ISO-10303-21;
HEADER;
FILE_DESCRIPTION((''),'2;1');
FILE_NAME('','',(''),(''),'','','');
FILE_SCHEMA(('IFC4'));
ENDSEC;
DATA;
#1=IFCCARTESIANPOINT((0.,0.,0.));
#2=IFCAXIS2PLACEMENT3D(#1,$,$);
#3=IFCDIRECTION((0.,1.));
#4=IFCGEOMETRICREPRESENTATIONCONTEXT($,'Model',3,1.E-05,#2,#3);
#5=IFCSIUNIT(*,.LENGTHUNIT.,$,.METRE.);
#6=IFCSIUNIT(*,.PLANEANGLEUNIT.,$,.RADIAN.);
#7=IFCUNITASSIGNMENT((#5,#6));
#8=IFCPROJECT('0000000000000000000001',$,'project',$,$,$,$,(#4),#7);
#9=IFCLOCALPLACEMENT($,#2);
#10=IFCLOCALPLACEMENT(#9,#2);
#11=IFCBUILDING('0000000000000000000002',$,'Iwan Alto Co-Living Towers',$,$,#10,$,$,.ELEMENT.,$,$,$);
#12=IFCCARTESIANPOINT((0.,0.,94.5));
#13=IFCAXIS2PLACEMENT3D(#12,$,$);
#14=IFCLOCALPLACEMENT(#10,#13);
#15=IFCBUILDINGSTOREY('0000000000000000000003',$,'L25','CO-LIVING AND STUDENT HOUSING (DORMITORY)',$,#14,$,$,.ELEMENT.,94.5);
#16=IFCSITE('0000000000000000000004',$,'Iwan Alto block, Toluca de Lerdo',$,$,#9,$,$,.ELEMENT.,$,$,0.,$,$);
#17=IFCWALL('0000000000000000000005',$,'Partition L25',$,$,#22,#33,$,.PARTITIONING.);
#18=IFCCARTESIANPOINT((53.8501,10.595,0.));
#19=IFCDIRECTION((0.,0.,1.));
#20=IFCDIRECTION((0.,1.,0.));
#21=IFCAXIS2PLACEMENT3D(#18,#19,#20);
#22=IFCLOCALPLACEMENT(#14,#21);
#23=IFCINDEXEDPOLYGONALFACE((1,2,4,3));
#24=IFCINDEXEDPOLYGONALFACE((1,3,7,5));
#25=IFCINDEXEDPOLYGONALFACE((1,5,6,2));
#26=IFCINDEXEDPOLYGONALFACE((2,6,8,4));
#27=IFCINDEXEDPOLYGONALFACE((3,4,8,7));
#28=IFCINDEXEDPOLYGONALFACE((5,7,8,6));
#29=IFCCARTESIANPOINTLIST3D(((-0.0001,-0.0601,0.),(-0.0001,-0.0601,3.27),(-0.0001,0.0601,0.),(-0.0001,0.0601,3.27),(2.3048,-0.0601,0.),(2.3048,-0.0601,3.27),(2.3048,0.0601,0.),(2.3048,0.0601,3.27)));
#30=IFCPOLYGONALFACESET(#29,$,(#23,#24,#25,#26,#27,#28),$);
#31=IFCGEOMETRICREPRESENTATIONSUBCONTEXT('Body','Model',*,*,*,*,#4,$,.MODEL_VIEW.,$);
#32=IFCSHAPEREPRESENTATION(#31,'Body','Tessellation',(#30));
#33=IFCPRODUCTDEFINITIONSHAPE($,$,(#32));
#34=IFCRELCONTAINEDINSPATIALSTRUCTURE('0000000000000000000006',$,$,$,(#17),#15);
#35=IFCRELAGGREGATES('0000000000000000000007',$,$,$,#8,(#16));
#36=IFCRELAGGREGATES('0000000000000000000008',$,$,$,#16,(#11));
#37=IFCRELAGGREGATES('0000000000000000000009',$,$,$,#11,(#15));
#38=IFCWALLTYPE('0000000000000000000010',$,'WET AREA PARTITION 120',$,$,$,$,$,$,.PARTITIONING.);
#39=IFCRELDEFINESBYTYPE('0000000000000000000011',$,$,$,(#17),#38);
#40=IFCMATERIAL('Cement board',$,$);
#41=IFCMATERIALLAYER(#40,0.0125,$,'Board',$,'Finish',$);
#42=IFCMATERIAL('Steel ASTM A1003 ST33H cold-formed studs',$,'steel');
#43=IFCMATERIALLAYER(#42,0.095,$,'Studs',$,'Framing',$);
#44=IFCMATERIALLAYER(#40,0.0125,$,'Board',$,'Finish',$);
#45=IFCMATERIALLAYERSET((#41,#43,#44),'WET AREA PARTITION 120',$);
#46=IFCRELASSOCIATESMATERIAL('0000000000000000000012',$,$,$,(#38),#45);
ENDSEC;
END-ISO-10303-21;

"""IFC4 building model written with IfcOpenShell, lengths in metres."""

from ifc_helpers import new_model, si_unit, direction, frame, frame_2d, origin, place, context, subcontext, project, spatial, rectangle, extrude, material, layer, layer_set, type_object, element, save


model = new_model("IFC4")

# Units and contexts
model_context = context("Model", 3, precision=1e-05, world=origin(), true_north=direction((0.0, 1.0)))
body_context = subcontext(model_context, "Body", "Model", "MODEL_VIEW")
ifc_project = project(units=[si_unit("LENGTHUNIT", "METRE"), si_unit("PLANEANGLEUNIT", "RADIAN")], contexts=[model_context])

# Site, building, storey
site_placement = place(None, origin())
site = spatial("IfcSite", under=ifc_project, at=site_placement, Name="Iwan Alto block, Toluca de Lerdo", CompositionType="ELEMENT", RefElevation=0.0)
building_placement = place(site_placement, origin())
building = spatial("IfcBuilding", under=site, at=building_placement, Name="Iwan Alto Co-Living Towers", CompositionType="ELEMENT")
storey_placement = place(building_placement, frame((0.0, 0.0, 94.5)))
storey = spatial("IfcBuildingStorey", under=building, at=storey_placement, Name="L25", Description="CO-LIVING AND STUDENT HOUSING (DORMITORY)", CompositionType="ELEMENT", Elevation=94.5)

# Shared definitions
ifc_material_1 = material(Name="Steel ASTM A1003 ST33H cold-formed studs", Category="steel")

# Wall
ifc_material_2 = material(Name="Cement board")
ifc_layer_1 = layer(ifc_material_2, 0.0125, Name="Board", Category="Finish")
ifc_layer_2 = layer(ifc_material_1, 0.095, Name="Studs", Category="Framing")
ifc_layer_3 = layer(ifc_material_2, 0.0125, Name="Board", Category="Finish")
ifc_layer_set_1 = layer_set([ifc_layer_1, ifc_layer_2, ifc_layer_3], Name="WET AREA PARTITION 120")
wall_type_1 = type_object("IfcWallType", Name="WET AREA PARTITION 120", PredefinedType="PARTITIONING", material=ifc_layer_set_1)
wall_1_placement = place(storey_placement, frame((53.8501, 10.595, 0.0), z_axis=(0.0, 0.0, 1.0), x_axis=(0.0, 1.0, 0.0)))
element("IfcWall", 1, at=wall_1_placement, inside=storey, type_object=wall_type_1, Name="Partition L25", PredefinedType="PARTITIONING", context=body_context, shape_type="SweptSolid", body=[
    extrude(rectangle(XDim=2.3049, YDim=0.1201, at=frame_2d((1.1523, 0.0))), origin(), (0.0, 0.0, 1.0), 3.27),
])

save(model, "model.ifc")
